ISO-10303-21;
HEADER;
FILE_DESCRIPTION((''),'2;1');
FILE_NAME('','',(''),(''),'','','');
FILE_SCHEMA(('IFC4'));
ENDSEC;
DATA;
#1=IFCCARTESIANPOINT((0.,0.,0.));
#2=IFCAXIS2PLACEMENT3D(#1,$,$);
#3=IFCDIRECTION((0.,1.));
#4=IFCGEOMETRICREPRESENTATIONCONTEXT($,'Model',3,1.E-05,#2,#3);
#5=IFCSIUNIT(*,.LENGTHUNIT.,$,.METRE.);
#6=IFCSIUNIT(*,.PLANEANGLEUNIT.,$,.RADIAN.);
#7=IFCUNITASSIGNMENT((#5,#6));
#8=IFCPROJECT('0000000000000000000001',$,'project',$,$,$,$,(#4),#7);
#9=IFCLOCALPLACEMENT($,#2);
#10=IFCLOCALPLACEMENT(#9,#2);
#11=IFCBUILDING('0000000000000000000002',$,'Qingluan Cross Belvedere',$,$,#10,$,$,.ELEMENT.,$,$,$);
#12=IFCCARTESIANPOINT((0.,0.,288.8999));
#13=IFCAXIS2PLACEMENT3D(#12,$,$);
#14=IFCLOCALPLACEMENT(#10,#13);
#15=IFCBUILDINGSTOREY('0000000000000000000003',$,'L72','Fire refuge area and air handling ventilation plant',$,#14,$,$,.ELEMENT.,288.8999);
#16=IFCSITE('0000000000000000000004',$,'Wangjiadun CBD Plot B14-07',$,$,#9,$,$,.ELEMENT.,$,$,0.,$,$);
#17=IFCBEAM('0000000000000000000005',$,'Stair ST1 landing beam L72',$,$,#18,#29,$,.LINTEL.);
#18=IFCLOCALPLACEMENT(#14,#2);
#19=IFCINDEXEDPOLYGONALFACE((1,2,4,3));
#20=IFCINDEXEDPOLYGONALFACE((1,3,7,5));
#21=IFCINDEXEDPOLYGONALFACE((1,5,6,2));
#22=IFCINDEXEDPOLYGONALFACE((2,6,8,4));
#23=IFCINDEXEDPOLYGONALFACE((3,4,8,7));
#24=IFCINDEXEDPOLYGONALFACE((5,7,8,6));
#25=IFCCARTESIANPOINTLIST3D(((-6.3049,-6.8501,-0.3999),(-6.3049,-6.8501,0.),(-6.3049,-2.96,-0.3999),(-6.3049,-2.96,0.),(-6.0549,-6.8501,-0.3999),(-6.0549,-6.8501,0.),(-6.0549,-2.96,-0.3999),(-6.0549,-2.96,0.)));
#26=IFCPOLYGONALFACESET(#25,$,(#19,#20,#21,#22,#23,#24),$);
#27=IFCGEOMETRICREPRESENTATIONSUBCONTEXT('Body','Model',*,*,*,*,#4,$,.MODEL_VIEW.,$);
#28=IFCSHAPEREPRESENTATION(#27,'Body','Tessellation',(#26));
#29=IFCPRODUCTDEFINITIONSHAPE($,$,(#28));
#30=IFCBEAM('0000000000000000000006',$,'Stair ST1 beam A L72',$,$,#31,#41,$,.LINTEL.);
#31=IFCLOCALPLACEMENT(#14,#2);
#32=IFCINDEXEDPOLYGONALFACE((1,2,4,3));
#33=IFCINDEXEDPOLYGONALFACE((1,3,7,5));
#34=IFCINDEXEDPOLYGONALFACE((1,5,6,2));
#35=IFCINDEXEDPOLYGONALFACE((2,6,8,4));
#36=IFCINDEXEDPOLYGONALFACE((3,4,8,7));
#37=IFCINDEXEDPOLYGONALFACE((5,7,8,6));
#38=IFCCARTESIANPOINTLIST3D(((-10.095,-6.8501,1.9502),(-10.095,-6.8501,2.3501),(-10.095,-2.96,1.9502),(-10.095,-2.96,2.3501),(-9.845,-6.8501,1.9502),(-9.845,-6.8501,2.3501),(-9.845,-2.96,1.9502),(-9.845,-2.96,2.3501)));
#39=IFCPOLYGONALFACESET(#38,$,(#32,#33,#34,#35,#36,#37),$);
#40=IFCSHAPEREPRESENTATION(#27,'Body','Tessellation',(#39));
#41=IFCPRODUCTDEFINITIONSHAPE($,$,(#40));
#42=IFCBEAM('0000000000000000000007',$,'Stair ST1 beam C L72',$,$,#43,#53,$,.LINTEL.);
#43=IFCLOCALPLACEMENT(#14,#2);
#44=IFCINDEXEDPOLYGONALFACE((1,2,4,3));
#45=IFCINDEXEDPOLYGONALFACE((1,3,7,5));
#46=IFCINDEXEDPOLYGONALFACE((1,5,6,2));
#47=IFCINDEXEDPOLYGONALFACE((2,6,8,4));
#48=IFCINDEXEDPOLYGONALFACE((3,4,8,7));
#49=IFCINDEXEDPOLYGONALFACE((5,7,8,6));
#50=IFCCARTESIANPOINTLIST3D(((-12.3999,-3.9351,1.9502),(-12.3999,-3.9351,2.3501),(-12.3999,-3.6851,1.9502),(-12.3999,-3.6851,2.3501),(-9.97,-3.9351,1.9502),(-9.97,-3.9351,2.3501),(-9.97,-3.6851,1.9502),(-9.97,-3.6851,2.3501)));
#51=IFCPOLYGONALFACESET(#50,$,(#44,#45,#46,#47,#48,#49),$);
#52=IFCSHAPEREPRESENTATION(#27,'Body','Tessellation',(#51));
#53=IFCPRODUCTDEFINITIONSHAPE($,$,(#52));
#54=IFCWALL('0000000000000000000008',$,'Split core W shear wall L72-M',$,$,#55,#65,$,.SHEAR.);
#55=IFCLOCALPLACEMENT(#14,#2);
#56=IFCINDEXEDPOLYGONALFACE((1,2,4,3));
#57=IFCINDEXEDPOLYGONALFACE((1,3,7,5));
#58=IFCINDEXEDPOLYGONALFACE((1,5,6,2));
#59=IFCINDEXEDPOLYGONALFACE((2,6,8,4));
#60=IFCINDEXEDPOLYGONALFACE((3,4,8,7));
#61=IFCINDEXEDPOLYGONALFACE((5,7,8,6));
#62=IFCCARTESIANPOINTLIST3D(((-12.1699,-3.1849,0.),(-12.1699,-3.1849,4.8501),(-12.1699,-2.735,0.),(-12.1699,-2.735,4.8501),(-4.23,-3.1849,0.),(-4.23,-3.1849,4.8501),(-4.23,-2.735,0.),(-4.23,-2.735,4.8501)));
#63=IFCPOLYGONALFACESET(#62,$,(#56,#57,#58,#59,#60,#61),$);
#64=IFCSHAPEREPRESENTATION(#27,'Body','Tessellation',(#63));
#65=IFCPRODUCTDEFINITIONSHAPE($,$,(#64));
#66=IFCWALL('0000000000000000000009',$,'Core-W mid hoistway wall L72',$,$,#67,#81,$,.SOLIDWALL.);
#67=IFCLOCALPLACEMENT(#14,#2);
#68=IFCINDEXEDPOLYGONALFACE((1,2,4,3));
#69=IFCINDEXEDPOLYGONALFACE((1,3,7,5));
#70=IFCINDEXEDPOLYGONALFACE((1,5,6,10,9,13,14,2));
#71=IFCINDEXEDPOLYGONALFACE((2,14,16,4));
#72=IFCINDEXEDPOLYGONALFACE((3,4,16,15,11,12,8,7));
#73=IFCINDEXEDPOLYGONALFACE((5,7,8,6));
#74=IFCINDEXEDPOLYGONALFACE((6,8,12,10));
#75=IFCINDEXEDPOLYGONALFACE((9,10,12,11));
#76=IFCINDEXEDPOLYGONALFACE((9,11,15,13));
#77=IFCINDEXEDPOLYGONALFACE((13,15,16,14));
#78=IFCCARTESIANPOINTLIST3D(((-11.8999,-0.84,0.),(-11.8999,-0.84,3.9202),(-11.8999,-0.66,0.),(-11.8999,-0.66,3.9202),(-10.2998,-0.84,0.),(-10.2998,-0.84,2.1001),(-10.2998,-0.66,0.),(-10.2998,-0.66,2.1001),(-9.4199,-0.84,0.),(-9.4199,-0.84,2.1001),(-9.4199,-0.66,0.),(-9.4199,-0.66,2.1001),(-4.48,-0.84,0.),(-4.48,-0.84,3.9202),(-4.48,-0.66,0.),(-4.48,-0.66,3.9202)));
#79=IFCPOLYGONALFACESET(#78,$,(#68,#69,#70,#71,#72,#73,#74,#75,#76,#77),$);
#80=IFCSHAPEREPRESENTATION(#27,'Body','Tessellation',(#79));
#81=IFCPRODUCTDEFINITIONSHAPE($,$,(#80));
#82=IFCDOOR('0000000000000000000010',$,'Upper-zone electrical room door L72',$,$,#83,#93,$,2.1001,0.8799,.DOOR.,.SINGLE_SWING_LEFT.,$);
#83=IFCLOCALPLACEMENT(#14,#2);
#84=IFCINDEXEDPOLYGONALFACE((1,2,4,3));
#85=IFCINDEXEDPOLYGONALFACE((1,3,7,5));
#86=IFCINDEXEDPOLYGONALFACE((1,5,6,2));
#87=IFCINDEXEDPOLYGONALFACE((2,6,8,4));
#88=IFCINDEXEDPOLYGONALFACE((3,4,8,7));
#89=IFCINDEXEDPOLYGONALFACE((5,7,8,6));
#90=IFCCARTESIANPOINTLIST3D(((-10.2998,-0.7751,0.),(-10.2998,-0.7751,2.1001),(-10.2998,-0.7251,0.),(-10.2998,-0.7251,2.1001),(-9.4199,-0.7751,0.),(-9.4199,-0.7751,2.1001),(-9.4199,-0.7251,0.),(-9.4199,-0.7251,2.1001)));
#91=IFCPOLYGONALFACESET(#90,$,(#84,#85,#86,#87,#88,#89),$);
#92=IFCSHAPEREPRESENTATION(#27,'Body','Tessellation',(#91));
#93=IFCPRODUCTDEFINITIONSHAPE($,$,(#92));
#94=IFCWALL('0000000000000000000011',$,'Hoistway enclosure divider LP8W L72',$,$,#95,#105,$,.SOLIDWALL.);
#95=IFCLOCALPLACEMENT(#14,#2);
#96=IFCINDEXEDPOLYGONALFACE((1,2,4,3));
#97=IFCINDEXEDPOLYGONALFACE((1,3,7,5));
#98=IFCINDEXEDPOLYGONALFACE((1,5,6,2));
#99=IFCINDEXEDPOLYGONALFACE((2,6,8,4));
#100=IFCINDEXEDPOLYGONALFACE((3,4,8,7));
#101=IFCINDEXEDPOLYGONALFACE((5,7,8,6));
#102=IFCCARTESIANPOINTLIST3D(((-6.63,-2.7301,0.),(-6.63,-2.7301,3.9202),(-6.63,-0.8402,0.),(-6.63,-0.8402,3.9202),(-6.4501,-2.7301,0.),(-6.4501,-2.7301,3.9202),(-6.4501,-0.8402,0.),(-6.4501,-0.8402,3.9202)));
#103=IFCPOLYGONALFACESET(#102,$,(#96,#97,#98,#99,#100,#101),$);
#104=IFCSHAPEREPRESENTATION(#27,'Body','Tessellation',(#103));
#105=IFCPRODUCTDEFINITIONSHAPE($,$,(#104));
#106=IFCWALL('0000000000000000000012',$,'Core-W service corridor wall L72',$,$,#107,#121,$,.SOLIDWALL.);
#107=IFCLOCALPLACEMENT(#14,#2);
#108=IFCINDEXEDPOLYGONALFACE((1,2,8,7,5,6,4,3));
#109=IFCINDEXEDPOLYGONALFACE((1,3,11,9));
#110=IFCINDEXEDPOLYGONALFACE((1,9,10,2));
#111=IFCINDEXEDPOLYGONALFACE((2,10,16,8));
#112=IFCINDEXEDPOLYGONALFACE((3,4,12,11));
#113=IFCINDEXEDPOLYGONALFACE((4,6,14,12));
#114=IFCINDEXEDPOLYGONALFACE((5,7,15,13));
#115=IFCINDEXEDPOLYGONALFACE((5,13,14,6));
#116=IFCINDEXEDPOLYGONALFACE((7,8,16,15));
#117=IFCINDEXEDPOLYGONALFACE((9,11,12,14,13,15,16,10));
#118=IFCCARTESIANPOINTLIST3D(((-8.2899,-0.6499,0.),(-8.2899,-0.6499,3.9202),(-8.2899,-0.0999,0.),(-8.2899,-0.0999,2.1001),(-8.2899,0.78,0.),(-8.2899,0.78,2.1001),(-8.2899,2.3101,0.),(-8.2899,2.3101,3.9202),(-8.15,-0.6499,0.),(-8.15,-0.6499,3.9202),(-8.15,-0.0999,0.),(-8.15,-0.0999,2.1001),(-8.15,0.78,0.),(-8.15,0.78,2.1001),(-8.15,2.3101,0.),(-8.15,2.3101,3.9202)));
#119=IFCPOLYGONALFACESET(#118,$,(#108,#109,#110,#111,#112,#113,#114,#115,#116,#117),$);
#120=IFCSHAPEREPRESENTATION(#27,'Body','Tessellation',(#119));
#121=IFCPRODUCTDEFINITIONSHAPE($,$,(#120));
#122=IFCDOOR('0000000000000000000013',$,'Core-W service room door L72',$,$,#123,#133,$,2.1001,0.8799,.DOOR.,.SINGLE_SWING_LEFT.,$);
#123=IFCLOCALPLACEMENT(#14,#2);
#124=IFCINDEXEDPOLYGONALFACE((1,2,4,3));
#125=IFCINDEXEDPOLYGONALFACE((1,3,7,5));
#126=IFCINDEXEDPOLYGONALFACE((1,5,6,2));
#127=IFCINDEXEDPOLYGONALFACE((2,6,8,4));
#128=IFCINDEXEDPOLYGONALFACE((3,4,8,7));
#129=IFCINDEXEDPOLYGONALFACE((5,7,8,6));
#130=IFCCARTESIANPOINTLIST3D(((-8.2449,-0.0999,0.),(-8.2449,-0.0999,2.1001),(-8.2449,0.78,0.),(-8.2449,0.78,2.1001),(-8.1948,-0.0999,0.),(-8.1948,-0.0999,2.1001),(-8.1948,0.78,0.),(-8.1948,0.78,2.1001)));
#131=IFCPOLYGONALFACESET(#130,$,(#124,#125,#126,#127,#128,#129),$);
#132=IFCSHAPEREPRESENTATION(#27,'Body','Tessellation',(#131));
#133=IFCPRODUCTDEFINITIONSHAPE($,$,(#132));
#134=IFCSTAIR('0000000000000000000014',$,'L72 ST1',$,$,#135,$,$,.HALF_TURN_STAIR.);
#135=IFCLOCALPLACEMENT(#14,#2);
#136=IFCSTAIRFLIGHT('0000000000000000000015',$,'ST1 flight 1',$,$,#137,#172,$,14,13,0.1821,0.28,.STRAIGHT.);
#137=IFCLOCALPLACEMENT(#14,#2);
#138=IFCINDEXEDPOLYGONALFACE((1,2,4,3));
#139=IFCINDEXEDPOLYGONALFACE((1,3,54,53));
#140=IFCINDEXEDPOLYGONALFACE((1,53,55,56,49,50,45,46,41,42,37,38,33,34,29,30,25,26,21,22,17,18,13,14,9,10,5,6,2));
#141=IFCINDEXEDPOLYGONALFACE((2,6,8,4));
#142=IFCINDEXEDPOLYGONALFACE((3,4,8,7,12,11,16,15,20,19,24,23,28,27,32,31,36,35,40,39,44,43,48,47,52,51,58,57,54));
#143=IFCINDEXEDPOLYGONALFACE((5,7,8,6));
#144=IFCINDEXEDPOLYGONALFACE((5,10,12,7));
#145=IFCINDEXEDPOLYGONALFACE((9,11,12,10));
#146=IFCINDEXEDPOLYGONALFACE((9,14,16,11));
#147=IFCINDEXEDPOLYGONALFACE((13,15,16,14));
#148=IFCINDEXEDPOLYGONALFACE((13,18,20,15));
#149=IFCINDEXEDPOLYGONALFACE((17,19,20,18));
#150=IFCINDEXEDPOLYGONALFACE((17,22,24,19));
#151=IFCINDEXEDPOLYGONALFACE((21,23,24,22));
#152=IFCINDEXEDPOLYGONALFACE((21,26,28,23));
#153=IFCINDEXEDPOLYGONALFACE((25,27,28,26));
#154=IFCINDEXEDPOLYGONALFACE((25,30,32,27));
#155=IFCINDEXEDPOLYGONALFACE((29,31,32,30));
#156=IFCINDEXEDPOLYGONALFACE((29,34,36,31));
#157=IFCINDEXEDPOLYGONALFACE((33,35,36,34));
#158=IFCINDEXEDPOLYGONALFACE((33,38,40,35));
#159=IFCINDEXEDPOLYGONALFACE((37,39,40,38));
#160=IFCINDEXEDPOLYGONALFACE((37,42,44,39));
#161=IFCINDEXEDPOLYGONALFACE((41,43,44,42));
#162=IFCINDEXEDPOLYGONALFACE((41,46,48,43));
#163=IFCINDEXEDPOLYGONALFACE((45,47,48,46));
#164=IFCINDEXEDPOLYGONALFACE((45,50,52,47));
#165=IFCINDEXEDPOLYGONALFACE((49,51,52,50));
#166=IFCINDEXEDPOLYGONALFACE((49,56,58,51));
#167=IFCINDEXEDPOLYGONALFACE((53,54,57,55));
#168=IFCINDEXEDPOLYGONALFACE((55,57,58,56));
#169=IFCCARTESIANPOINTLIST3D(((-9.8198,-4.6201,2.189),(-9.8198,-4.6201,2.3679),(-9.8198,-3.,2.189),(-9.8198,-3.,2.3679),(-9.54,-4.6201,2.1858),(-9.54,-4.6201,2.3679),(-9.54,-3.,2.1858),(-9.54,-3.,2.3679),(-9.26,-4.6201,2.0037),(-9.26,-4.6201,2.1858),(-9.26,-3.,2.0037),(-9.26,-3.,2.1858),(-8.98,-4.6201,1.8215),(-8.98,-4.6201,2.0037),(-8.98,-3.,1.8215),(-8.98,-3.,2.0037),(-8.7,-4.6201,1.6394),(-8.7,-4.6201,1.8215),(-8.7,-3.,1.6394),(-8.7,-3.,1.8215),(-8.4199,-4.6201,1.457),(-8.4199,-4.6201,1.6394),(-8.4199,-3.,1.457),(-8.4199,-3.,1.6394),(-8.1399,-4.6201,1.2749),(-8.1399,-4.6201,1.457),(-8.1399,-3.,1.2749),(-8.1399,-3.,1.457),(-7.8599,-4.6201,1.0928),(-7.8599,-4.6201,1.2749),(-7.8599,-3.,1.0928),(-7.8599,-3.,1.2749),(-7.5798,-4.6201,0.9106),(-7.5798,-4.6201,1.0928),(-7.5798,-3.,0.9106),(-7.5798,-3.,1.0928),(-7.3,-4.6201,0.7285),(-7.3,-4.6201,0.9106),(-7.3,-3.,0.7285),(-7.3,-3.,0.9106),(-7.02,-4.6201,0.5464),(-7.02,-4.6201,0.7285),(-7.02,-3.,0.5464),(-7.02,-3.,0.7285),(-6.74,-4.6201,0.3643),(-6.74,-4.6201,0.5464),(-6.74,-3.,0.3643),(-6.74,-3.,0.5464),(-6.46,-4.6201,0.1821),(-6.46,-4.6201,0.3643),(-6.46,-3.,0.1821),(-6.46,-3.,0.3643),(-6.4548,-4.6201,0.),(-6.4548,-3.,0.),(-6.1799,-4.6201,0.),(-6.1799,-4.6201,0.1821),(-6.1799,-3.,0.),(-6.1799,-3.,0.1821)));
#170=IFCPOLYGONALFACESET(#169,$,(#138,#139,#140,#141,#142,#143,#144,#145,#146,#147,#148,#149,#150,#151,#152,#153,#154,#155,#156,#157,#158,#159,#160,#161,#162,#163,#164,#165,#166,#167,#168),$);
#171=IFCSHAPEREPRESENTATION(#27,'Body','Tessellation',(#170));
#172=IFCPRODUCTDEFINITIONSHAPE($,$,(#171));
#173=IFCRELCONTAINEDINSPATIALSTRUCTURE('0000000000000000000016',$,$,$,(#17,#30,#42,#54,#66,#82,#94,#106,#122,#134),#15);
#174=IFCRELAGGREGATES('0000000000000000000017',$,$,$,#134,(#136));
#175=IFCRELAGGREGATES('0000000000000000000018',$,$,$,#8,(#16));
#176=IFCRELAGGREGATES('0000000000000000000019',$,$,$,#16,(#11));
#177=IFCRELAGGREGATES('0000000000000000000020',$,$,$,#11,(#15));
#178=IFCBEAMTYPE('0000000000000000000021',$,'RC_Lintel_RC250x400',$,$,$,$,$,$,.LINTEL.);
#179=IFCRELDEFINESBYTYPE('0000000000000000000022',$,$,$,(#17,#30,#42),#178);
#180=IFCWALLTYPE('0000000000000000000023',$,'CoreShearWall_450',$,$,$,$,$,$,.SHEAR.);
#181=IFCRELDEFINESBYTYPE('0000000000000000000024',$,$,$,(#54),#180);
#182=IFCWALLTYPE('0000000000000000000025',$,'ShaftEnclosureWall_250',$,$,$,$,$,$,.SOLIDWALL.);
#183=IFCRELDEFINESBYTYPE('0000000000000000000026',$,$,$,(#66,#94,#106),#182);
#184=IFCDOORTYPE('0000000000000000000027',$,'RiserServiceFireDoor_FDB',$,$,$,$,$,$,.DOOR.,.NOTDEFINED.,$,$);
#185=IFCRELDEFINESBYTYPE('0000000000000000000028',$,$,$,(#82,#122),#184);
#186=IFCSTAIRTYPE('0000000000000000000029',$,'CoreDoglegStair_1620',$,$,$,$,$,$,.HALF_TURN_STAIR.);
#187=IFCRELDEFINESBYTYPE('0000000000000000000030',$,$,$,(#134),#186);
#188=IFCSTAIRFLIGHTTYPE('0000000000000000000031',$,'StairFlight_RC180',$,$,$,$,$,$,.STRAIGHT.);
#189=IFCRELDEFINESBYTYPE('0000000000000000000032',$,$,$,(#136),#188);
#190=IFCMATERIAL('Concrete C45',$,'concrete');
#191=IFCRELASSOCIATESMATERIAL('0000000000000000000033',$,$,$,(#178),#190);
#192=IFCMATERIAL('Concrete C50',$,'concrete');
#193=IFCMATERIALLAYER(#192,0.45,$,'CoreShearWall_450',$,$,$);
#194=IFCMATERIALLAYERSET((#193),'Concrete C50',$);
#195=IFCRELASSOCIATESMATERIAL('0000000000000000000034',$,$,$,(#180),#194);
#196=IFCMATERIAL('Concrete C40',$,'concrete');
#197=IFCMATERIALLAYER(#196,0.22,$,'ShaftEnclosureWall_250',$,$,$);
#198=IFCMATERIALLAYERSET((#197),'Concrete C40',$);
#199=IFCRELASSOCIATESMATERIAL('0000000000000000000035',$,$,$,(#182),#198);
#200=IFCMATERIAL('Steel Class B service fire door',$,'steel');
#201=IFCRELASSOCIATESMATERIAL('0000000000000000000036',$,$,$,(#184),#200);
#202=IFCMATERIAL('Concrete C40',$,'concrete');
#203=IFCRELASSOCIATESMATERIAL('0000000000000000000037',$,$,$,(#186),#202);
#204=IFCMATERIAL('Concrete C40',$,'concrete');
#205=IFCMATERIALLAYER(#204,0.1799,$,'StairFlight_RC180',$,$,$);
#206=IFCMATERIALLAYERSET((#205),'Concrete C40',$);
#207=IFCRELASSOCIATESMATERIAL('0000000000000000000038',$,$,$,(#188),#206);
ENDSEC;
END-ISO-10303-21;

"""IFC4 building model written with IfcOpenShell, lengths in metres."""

from ifc_helpers import new_model, si_unit, direction, frame, frame_2d, origin, origin_2d, place, context, subcontext, project, spatial, polyline, rectangle, outline, extrude, material, layer, layer_set, material_profile, profile_set, type_object, element, fill, aggregate, save


model = new_model("IFC4")

# Units and contexts
model_context = context("Model", 3, precision=1e-05, world=origin(), true_north=direction((0.0, 1.0)))
body_context = subcontext(model_context, "Body", "Model", "MODEL_VIEW")
ifc_project = project(units=[si_unit("LENGTHUNIT", "METRE"), si_unit("PLANEANGLEUNIT", "RADIAN")], contexts=[model_context])

# Site, building, storey
site_placement = place(None, origin())
site = spatial("IfcSite", under=ifc_project, at=site_placement, Name="Wangjiadun CBD Plot B14-07", CompositionType="ELEMENT", RefElevation=0.0)
building_placement = place(site_placement, origin())
building = spatial("IfcBuilding", under=site, at=building_placement, Name="Qingluan Cross Belvedere", CompositionType="ELEMENT")
storey_placement = place(building_placement, frame((0.0, 0.0, 288.8999)))
storey = spatial("IfcBuildingStorey", under=building, at=storey_placement, Name="L72", Description="Fire refuge area and air handling ventilation plant", CompositionType="ELEMENT", Elevation=288.8999)

# Beams
ifc_material_1 = material(Name="Concrete C45", Category="concrete")
ifc_material_profile = material_profile(ifc_material_1, rectangle(XDim=0.25, YDim=0.3999, at=origin_2d()), Name="RC250x400")
ifc_profile_set = profile_set([ifc_material_profile], Name="Concrete C45")
beam_type = type_object("IfcBeamType", Name="RC_Lintel_RC250x400", PredefinedType="LINTEL", material=ifc_profile_set)
for number, where, z_axis, x_axis, name in (
    (1, (-6.1799, -6.8501, -0.2), (0.0, 1.0, 0.0), (-1.0, 0.0, 0.0), "Stair ST1 landing beam L72"),
    (2, (-9.97, -6.8501, 2.1501), (0.0, 1.0, 0.0), (-1.0, 0.0, 0.0), "Stair ST1 beam A L72"),
):
    element("IfcBeam", number, at=place(storey_placement, frame(where, z_axis=z_axis, x_axis=x_axis)), inside=storey, type_object=beam_type, Name=name, PredefinedType="LINTEL", context=body_context, shape_type="SweptSolid", body=[
        extrude(rectangle(XDim=0.25, YDim=0.3999, at=origin_2d()), origin(), (0.0, 0.0, 1.0), 3.8901),
    ])
beam_placement = place(storey_placement, frame((-12.3999, -3.8101, 2.1501), z_axis=(1.0, 0.0, 0.0), x_axis=(0.0, 1.0, 0.0)))
element("IfcBeam", 3, at=beam_placement, inside=storey, type_object=beam_type, Name="Stair ST1 beam C L72", PredefinedType="LINTEL", context=body_context, shape_type="SweptSolid", body=[
    extrude(rectangle(XDim=0.25, YDim=0.3999, at=origin_2d()), origin(), (0.0, 0.0, 1.0), 2.4299),
])

# Shared definitions
ifc_material_2 = material(Name="Concrete C50", Category="concrete")
ifc_layer_1 = layer(ifc_material_2, 0.45, Name="CoreShearWall_450")
ifc_layer_set_1 = layer_set([ifc_layer_1], Name="Concrete C50")
wall_type_1 = type_object("IfcWallType", Name="CoreShearWall_450", PredefinedType="SHEAR", material=ifc_layer_set_1)

# Wall
wall_1_placement = place(storey_placement, frame((-12.1699, -2.96, 0.0), z_axis=(0.0, 0.0, 1.0), x_axis=(1.0, 0.0, 0.0)))
element("IfcWall", 4, at=wall_1_placement, inside=storey, type_object=wall_type_1, Name="Split core W shear wall L72-M", PredefinedType="SHEAR", context=body_context, shape_type="SweptSolid", body=[
    extrude(rectangle(XDim=7.9399, YDim=0.45, at=frame_2d((3.97, 0.0))), origin(), (0.0, 0.0, 1.0), 4.8501),
])

# Wall, opening, door
ifc_material_3 = material(Name="Concrete C40", Category="concrete")
ifc_layer_2 = layer(ifc_material_3, 0.22, Name="ShaftEnclosureWall_250")
ifc_layer_set_2 = layer_set([ifc_layer_2], Name="Concrete C40")
wall_type_2 = type_object("IfcWallType", Name="ShaftEnclosureWall_250", PredefinedType="SOLIDWALL", material=ifc_layer_set_2)
wall_2_placement = place(storey_placement, frame((-11.8999, -0.75, 0.0), z_axis=(0.0, 0.0, 1.0), x_axis=(1.0, 0.0, 0.0)))
wall_2 = element("IfcWall", 5, at=wall_2_placement, inside=storey, type_object=wall_type_2, Name="Core-W mid hoistway wall L72", PredefinedType="SOLIDWALL", context=body_context, shape_type="SweptSolid", body=[
    extrude(rectangle(XDim=7.4199, YDim=0.1799, at=frame_2d((3.71, 0.0))), origin(), (0.0, 0.0, 1.0), 3.9202),
])
opening_1_placement = place(wall_2_placement, frame((1.6001, 0.0, 0.0)))
opening_1 = element("IfcOpeningElement", 6, at=opening_1_placement, cuts=wall_2, PredefinedType="OPENING", context=body_context, shape_type="SweptSolid", body=[
    extrude(rectangle(XDim=0.8799, YDim=2.1001, at=frame_2d((0.4399, 1.05))), frame((0.0, 0.0999, 0.0), z_axis=(0.0, -1.0, 0.0), x_axis=(1.0, 0.0, 0.0)), (0.0, 0.0, 1.0), 0.2),
])
ifc_material_4 = material(Name="Steel Class B service fire door", Category="steel")
door_type_1 = type_object("IfcDoorType", Name="RiserServiceFireDoor_FDB", OperationType="NOTDEFINED", PredefinedType="DOOR", material=ifc_material_4)
door_1_placement = place(opening_1_placement, origin())
door_1 = element("IfcDoor", 7, at=door_1_placement, inside=storey, type_object=door_type_1, Name="Upper-zone electrical room door L72", OperationType="SINGLE_SWING_LEFT", OverallHeight=2.1001, OverallWidth=0.8799, PredefinedType="DOOR", context=body_context, shape_type="SweptSolid", body=[
    extrude(rectangle(XDim=0.8799, YDim=2.1001, at=frame_2d((0.4399, 1.05))), frame((0.0, 0.0249, 0.0), z_axis=(0.0, -1.0, 0.0), x_axis=(1.0, 0.0, 0.0)), (0.0, 0.0, 1.0), 0.05),
])
fill(opening_1, door_1)

# Wall
wall_3_placement = place(storey_placement, frame((-6.54, -2.73, 0.0), z_axis=(0.0, 0.0, 1.0), x_axis=(0.0, 1.0, 0.0)))
element("IfcWall", 8, at=wall_3_placement, inside=storey, type_object=wall_type_2, Name="Hoistway enclosure divider LP8W L72", PredefinedType="SOLIDWALL", context=body_context, shape_type="SweptSolid", body=[
    extrude(rectangle(XDim=1.8899, YDim=0.1799, at=frame_2d((0.9448, 0.0))), origin(), (0.0, 0.0, 1.0), 3.9202),
])

# Wall, opening, door
wall_4_placement = place(storey_placement, frame((-8.22, -0.6499, 0.0), z_axis=(0.0, 0.0, 1.0), x_axis=(0.0, 1.0, 0.0)))
wall_4 = element("IfcWall", 9, at=wall_4_placement, inside=storey, type_object=wall_type_2, Name="Core-W service corridor wall L72", PredefinedType="SOLIDWALL", context=body_context, shape_type="SweptSolid", body=[
    extrude(rectangle(XDim=2.96, YDim=0.1399, at=frame_2d((1.48, 0.0))), origin(), (0.0, 0.0, 1.0), 3.9202),
])
opening_2_placement = place(wall_4_placement, frame((0.55, 0.0, 0.0)))
opening_2 = element("IfcOpeningElement", 10, at=opening_2_placement, cuts=wall_4, PredefinedType="OPENING", context=body_context, shape_type="SweptSolid", body=[
    extrude(rectangle(XDim=0.8799, YDim=2.1001, at=frame_2d((0.4399, 1.05))), frame((0.0, 0.0798, 0.0), z_axis=(0.0, -1.0, 0.0), x_axis=(1.0, 0.0, 0.0)), (0.0, 0.0, 1.0), 0.1599),
])
door_2_placement = place(opening_2_placement, origin())
door_2 = element("IfcDoor", 11, at=door_2_placement, inside=storey, type_object=door_type_1, Name="Core-W service room door L72", OperationType="SINGLE_SWING_LEFT", OverallHeight=2.1001, OverallWidth=0.8799, PredefinedType="DOOR", context=body_context, shape_type="SweptSolid", body=[
    extrude(rectangle(XDim=0.8799, YDim=2.1001, at=frame_2d((0.4399, 1.05))), frame((0.0, 0.0249, 0.0), z_axis=(0.0, -1.0, 0.0), x_axis=(1.0, 0.0, 0.0)), (0.0, 0.0, 1.0), 0.05),
])
fill(opening_2, door_2)

# Stair, stair flight
ifc_material_5 = material(Name="Concrete C40", Category="concrete")
stair_type = type_object("IfcStairType", Name="CoreDoglegStair_1620", PredefinedType="HALF_TURN_STAIR", material=ifc_material_5)
stair_placement = place(storey_placement, origin())
stair = element("IfcStair", 12, at=stair_placement, inside=storey, type_object=stair_type, Name="L72 ST1", PredefinedType="HALF_TURN_STAIR")
ifc_material_6 = material(Name="Concrete C40", Category="concrete")
ifc_layer_3 = layer(ifc_material_6, 0.1799, Name="StairFlight_RC180")
ifc_layer_set_3 = layer_set([ifc_layer_3], Name="Concrete C40")
stair_flight_type = type_object("IfcStairFlightType", Name="StairFlight_RC180", PredefinedType="STRAIGHT", material=ifc_layer_set_3)
stair_flight_1_placement = place(storey_placement, frame((-6.1799, -3.8101, 0.0), z_axis=(0.0, 0.0, 1.0), x_axis=(-1.0, 0.0, 0.0)))
stair_flight_1 = element("IfcStairFlight", 13, at=stair_flight_1_placement, type_object=stair_flight_type, Name="ST1 flight 1", NumberOfRisers=14, NumberOfTreads=13, PredefinedType="STRAIGHT", RiserHeight=0.1821, TreadLength=0.28, context=body_context, shape_type="SweptSolid", body=[
    extrude(outline(polyline([(0.0, 0.0), (0.0, 0.1821), (0.28, 0.1821), (0.28, 0.3643), (0.5601, 0.3643), (0.5601, 0.5464), (0.8401, 0.5464), (0.8401, 0.7285), (1.1201, 0.7285), (1.1201, 0.9106), (1.3999, 0.9106), (1.3999, 1.0928), (1.6799, 1.0928), (1.6799, 1.2749), (1.96, 1.2749), (1.96, 1.457), (2.24, 1.457), (2.24, 1.6394), (2.52, 1.6394), (2.52, 1.8215), (2.8, 1.8215), (2.8, 2.0037), (3.0801, 2.0037), (3.0801, 2.1858), (3.3601, 2.1858), (3.3601, 2.3679), (3.6399, 2.3679), (3.6399, 2.55), (3.6399, 2.189), (0.2749, 0.0), (0.0, 0.0)])), frame((0.0, 0.8101, 0.0), z_axis=(0.0, -1.0, 0.0), x_axis=(1.0, 0.0, 0.0)), (0.0, 0.0, 1.0), 1.6201),
])
aggregate(stair, [stair_flight_1])

save(model, "model.ifc")
